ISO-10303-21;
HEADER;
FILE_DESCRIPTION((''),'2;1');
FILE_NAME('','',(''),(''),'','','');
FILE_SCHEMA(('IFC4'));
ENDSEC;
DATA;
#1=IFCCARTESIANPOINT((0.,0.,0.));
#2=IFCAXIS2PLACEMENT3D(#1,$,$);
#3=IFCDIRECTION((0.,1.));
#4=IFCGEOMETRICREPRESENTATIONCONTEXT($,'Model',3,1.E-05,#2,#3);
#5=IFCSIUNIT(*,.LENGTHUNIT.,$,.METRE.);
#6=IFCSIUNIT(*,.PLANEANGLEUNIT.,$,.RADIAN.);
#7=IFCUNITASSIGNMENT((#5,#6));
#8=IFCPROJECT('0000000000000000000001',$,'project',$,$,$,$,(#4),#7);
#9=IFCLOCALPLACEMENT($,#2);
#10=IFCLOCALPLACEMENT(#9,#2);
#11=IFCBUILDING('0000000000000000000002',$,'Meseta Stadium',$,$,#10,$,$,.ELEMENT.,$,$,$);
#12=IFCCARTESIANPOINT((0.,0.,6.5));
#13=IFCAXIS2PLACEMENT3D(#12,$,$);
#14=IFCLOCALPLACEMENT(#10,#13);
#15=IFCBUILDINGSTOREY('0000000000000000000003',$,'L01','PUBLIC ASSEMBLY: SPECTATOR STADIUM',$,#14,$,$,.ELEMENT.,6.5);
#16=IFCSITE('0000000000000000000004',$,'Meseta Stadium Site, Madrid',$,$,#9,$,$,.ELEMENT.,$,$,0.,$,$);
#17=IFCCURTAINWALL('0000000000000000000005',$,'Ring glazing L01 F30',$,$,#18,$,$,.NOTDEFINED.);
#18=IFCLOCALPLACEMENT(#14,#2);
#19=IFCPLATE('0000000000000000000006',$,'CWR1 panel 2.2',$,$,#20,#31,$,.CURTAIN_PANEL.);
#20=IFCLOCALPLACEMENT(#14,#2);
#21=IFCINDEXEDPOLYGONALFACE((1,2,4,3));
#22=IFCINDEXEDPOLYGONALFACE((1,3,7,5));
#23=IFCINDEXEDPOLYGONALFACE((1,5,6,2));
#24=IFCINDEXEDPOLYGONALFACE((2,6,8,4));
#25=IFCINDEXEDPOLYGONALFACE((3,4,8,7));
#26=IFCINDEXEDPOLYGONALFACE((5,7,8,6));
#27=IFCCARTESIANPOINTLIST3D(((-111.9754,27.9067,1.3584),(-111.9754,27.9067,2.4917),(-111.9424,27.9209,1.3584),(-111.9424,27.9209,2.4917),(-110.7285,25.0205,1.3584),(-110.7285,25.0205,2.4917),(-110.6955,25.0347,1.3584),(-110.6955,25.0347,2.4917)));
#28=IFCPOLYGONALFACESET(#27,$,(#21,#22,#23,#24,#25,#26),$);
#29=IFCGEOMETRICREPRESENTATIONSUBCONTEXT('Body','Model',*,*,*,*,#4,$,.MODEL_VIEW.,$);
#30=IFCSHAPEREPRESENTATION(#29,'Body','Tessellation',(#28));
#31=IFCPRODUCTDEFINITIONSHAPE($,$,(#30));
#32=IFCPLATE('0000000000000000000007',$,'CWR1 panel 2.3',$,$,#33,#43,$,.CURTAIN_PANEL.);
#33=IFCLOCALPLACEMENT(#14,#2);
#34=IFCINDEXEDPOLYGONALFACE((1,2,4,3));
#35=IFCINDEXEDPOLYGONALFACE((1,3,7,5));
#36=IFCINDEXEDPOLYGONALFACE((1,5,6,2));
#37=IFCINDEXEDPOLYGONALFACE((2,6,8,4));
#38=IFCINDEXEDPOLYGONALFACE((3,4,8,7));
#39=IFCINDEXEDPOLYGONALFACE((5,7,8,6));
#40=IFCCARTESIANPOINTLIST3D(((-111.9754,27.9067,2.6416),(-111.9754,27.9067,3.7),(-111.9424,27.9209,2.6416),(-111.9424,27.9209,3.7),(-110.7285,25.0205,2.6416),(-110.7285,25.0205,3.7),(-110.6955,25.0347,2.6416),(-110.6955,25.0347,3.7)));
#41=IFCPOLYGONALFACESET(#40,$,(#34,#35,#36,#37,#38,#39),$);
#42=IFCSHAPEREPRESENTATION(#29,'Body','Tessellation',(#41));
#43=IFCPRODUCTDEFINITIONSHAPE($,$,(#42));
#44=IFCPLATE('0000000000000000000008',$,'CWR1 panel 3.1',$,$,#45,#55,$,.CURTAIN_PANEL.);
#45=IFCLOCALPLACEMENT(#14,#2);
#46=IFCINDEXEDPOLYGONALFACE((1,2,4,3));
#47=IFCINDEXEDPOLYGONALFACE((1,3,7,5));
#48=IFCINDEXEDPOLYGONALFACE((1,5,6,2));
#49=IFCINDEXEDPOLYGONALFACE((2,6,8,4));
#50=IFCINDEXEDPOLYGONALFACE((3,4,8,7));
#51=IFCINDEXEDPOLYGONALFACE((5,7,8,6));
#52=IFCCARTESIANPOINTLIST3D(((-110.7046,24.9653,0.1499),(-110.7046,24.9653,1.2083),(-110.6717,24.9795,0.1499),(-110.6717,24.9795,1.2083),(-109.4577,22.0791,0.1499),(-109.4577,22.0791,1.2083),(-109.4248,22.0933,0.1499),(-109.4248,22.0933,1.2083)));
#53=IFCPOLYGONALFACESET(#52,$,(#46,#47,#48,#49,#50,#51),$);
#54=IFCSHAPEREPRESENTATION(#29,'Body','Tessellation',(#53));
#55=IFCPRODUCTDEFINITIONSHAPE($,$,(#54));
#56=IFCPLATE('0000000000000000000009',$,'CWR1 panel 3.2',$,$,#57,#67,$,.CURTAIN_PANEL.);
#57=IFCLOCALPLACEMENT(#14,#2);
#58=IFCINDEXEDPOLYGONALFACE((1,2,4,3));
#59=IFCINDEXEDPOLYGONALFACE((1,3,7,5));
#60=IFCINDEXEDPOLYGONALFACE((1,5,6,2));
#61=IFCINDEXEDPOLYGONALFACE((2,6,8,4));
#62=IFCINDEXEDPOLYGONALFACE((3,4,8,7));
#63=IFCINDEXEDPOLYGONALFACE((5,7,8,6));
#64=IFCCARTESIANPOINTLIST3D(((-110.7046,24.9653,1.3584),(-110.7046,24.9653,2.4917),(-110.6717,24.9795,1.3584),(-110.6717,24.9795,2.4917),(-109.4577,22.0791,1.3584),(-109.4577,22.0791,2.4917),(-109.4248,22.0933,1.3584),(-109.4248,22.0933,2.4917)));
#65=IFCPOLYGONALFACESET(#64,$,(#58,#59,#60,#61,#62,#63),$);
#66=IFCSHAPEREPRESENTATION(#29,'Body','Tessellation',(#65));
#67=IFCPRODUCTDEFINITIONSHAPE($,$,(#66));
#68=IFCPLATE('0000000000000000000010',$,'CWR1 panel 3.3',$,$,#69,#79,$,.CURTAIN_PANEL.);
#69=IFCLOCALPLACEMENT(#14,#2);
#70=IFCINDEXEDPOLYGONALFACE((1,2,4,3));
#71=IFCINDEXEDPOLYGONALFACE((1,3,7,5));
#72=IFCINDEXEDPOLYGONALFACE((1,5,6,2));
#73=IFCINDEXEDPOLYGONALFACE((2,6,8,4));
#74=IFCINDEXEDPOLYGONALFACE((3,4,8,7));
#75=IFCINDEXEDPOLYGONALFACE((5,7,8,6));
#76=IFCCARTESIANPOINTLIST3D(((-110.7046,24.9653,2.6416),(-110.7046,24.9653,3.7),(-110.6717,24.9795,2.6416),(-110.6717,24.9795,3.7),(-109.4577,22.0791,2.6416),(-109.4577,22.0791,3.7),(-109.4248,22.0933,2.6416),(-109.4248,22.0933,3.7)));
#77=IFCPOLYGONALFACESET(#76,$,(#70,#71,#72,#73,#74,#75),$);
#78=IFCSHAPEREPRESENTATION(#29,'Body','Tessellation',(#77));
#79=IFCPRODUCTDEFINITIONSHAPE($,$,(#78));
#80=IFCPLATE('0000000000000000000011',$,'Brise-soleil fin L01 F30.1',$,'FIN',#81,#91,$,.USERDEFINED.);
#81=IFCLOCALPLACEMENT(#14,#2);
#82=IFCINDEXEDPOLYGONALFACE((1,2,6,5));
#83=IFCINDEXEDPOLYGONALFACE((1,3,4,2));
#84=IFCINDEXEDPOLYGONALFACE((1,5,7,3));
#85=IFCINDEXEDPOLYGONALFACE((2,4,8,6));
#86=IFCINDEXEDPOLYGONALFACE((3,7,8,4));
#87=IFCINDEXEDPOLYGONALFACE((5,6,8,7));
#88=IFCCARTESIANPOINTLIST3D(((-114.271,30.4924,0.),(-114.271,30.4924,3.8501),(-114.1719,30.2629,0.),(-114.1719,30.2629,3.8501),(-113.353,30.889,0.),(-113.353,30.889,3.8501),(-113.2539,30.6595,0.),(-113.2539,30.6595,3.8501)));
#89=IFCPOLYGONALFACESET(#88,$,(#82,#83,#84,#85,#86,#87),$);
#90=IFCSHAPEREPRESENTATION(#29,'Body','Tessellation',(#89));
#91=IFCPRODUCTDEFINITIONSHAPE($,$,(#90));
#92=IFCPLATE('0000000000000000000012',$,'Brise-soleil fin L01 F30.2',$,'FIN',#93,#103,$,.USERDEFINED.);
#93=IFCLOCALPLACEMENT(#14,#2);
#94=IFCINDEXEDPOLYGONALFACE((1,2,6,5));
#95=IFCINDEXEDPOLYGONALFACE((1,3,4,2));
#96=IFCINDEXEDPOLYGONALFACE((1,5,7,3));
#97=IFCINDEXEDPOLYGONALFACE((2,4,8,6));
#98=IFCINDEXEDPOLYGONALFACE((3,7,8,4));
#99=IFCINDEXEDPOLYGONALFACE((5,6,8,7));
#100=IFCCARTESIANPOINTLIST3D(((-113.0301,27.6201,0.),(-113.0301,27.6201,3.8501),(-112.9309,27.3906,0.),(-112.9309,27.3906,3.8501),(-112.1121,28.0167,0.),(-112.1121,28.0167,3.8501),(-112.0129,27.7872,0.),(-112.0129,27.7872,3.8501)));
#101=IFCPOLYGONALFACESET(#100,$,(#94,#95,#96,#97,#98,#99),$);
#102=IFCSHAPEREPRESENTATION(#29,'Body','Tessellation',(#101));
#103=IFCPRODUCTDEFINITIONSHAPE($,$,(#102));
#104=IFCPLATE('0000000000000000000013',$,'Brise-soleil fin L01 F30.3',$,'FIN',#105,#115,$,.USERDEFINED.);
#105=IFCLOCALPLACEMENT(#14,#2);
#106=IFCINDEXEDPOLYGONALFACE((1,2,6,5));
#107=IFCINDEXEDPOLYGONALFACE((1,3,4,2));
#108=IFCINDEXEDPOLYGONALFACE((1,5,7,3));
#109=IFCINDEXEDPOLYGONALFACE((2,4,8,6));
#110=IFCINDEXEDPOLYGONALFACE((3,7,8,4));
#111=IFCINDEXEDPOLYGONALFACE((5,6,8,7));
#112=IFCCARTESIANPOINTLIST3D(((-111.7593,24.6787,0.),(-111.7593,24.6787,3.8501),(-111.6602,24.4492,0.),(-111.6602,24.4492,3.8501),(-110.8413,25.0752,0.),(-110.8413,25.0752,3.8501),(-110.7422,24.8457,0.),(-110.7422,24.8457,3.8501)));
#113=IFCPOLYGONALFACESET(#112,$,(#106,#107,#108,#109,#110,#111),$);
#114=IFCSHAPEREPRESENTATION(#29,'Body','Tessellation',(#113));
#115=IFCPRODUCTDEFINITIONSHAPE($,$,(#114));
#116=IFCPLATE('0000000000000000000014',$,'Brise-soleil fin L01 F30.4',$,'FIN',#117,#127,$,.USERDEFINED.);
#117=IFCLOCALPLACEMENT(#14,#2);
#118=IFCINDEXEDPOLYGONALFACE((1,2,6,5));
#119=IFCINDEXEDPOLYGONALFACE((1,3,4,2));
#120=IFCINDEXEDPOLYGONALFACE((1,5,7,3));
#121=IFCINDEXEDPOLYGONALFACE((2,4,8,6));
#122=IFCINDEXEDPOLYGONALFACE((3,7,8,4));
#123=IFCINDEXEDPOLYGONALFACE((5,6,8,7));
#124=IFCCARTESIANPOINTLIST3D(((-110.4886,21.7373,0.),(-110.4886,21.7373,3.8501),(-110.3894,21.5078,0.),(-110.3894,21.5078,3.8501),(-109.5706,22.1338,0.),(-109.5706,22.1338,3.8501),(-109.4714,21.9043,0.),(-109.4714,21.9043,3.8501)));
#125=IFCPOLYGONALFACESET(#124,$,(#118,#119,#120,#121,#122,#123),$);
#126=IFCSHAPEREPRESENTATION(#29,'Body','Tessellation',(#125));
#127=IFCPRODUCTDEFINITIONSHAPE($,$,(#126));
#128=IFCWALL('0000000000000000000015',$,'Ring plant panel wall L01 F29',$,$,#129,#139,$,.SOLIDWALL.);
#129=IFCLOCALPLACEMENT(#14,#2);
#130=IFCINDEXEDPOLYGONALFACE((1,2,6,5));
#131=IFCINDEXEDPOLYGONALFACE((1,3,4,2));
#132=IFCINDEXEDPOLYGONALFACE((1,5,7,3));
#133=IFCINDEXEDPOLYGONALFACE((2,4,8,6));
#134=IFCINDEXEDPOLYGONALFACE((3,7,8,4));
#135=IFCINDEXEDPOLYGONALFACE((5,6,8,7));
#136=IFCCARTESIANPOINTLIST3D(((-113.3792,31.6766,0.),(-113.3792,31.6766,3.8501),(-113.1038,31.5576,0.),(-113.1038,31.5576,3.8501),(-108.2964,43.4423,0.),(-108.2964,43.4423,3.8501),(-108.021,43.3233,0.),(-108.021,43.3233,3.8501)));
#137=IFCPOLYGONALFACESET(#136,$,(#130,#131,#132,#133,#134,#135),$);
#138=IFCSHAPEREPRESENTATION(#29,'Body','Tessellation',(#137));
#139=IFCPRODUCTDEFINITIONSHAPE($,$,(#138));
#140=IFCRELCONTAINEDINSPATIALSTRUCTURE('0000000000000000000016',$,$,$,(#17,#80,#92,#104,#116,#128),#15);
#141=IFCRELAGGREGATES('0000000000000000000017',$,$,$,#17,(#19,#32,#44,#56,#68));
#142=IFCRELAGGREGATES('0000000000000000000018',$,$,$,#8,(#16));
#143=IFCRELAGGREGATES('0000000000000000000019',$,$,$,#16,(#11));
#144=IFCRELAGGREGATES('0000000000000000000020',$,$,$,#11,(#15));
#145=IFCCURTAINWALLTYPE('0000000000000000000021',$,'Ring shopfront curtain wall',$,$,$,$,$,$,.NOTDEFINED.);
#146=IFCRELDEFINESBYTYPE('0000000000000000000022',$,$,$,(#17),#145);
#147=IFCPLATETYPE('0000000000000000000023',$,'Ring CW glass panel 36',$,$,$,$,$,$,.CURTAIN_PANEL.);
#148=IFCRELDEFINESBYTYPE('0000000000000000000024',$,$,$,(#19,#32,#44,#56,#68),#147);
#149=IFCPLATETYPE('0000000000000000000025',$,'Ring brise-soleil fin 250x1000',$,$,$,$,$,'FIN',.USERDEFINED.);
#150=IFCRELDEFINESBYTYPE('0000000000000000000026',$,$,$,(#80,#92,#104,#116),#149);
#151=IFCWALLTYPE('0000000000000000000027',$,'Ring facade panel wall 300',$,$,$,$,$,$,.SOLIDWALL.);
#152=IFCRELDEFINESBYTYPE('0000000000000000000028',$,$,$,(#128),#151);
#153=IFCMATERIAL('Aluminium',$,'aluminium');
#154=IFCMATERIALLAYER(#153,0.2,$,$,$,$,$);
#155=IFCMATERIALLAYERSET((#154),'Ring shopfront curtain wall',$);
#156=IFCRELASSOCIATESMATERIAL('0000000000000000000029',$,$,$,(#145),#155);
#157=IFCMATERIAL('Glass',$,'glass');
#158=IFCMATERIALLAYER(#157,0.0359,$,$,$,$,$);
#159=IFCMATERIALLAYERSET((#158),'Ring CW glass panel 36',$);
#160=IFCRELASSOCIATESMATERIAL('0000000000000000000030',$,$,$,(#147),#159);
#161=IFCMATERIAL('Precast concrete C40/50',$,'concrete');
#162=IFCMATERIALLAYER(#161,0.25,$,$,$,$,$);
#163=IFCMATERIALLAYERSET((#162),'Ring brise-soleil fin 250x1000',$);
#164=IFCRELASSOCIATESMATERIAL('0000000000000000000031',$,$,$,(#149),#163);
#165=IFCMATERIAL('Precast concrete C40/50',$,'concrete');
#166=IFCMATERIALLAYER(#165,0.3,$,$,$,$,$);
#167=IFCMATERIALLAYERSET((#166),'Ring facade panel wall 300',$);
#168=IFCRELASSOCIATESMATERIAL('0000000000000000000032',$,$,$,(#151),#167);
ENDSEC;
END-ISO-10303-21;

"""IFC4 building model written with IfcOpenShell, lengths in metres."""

from ifc_helpers import new_model, si_unit, direction, frame, frame_2d, origin, origin_2d, place, context, subcontext, project, spatial, rectangle, extrude, material, layer, layer_set, type_object, element, aggregate, save


model = new_model("IFC4")

# Units and contexts
model_context = context("Model", 3, precision=1e-05, world=origin(), true_north=direction((0.0, 1.0)))
body_context = subcontext(model_context, "Body", "Model", "MODEL_VIEW")
ifc_project = project(units=[si_unit("LENGTHUNIT", "METRE"), si_unit("PLANEANGLEUNIT", "RADIAN")], contexts=[model_context])

# Site, building, storey
site_placement = place(None, origin())
site = spatial("IfcSite", under=ifc_project, at=site_placement, Name="Meseta Stadium Site, Madrid", CompositionType="ELEMENT", RefElevation=0.0)
building_placement = place(site_placement, origin())
building = spatial("IfcBuilding", under=site, at=building_placement, Name="Meseta Stadium", CompositionType="ELEMENT")
storey_placement = place(building_placement, frame((0.0, 0.0, 6.5)))
storey = spatial("IfcBuildingStorey", under=building, at=storey_placement, Name="L01", Description="PUBLIC ASSEMBLY: SPECTATOR STADIUM", CompositionType="ELEMENT", Elevation=6.5)

# Curtain wall, plates
ifc_material_1 = material(Name="Aluminium", Category="aluminium")
ifc_layer_1 = layer(ifc_material_1, 0.2)
ifc_layer_set_1 = layer_set([ifc_layer_1], Name="Ring shopfront curtain wall")
curtain_wall_type = type_object("IfcCurtainWallType", Name="Ring shopfront curtain wall", PredefinedType="NOTDEFINED", material=ifc_layer_set_1)
curtain_wall_placement = place(storey_placement, origin())
curtain_wall = element("IfcCurtainWall", 1, at=curtain_wall_placement, inside=storey, type_object=curtain_wall_type, Name="Ring glazing L01 F30", PredefinedType="NOTDEFINED")
ifc_material_2 = material(Name="Glass", Category="glass")
ifc_layer_2 = layer(ifc_material_2, 0.0359)
ifc_layer_set_2 = layer_set([ifc_layer_2], Name="Ring CW glass panel 36")
plate_type_1 = type_object("IfcPlateType", Name="Ring CW glass panel 36", PredefinedType="CURTAIN_PANEL", material=ifc_layer_set_2)
plate_1_placement = place(storey_placement, frame((-111.3354, 26.4707, 1.3584), z_axis=(0.0, 0.0, 1.0), x_axis=(0.396581, -0.918, 0.0)))
plate_1 = element("IfcPlate", 2, at=plate_1_placement, type_object=plate_type_1, Name="CWR1 panel 2.2", PredefinedType="CURTAIN_PANEL", context=body_context, shape_type="SweptSolid", body=[
    extrude(rectangle(XDim=3.144, YDim=0.0359, at=origin_2d()), origin(), (0.0, 0.0, 1.0), 1.1333),
])
plate_2_placement = place(storey_placement, frame((-111.3354, 26.4707, 2.6416), z_axis=(0.0, 0.0, 1.0), x_axis=(0.396581, -0.918, 0.0)))
plate_2 = element("IfcPlate", 3, at=plate_2_placement, type_object=plate_type_1, Name="CWR1 panel 2.3", PredefinedType="CURTAIN_PANEL", context=body_context, shape_type="SweptSolid", body=[
    extrude(rectangle(XDim=3.144, YDim=0.0359, at=origin_2d()), origin(), (0.0, 0.0, 1.0), 1.0583),
])
plate_3_placement = place(storey_placement, frame((-110.0647, 23.5293, 0.1499), z_axis=(0.0, 0.0, 1.0), x_axis=(0.396581, -0.918, 0.0)))
plate_3 = element("IfcPlate", 4, at=plate_3_placement, type_object=plate_type_1, Name="CWR1 panel 3.1", PredefinedType="CURTAIN_PANEL", context=body_context, shape_type="SweptSolid", body=[
    extrude(rectangle(XDim=3.144, YDim=0.0359, at=origin_2d()), origin(), (0.0, 0.0, 1.0), 1.0583),
])
plate_4_placement = place(storey_placement, frame((-110.0647, 23.5293, 1.3584), z_axis=(0.0, 0.0, 1.0), x_axis=(0.396581, -0.918, 0.0)))
plate_4 = element("IfcPlate", 5, at=plate_4_placement, type_object=plate_type_1, Name="CWR1 panel 3.2", PredefinedType="CURTAIN_PANEL", context=body_context, shape_type="SweptSolid", body=[
    extrude(rectangle(XDim=3.144, YDim=0.0359, at=origin_2d()), origin(), (0.0, 0.0, 1.0), 1.1333),
])
plate_5_placement = place(storey_placement, frame((-110.0647, 23.5293, 2.6416), z_axis=(0.0, 0.0, 1.0), x_axis=(0.396581, -0.918, 0.0)))
plate_5 = element("IfcPlate", 6, at=plate_5_placement, type_object=plate_type_1, Name="CWR1 panel 3.3", PredefinedType="CURTAIN_PANEL", context=body_context, shape_type="SweptSolid", body=[
    extrude(rectangle(XDim=3.144, YDim=0.0359, at=origin_2d()), origin(), (0.0, 0.0, 1.0), 1.0583),
])
aggregate(curtain_wall, [plate_1, plate_2, plate_3, plate_4, plate_5])

# Plates
ifc_material_3 = material(Name="Precast concrete C40/50", Category="concrete")
ifc_layer_3 = layer(ifc_material_3, 0.25)
ifc_layer_set_3 = layer_set([ifc_layer_3], Name="Ring brise-soleil fin 250x1000")
plate_type_2 = type_object("IfcPlateType", Name="Ring brise-soleil fin 250x1000", ElementType="FIN", PredefinedType="USERDEFINED", material=ifc_layer_set_3)
for number, where, z_axis, x_axis, name in (
    (7, (-113.7625, 30.5759, 0.0), (0.0, 0.0, 1.0), (0.396576, -0.918002, 0.0), "Brise-soleil fin L01 F30.1"),
    (8, (-112.5215, 27.7036, 0.0), (0.0, 0.0, 1.0), (0.396576, -0.918002, 0.0), "Brise-soleil fin L01 F30.2"),
    (9, (-111.2507, 24.7622, 0.0), (0.0, 0.0, 1.0), (0.396576, -0.918002, 0.0), "Brise-soleil fin L01 F30.3"),
    (10, (-109.98, 21.8208, 0.0), (0.0, 0.0, 1.0), (0.396576, -0.918002, 0.0), "Brise-soleil fin L01 F30.4"),
):
    element("IfcPlate", number, at=place(storey_placement, frame(where, z_axis=z_axis, x_axis=x_axis)), inside=storey, type_object=plate_type_2, Name=name, ObjectType="FIN", PredefinedType="USERDEFINED", context=body_context, shape_type="SweptSolid", body=[
        extrude(rectangle(XDim=0.25, YDim=1.0, at=origin_2d()), origin(), (0.0, 0.0, 1.0), 3.8501),
    ])

# Wall
ifc_material_4 = material(Name="Precast concrete C40/50", Category="concrete")
ifc_layer_4 = layer(ifc_material_4, 0.3)
ifc_layer_set_4 = layer_set([ifc_layer_4], Name="Ring facade panel wall 300")
wall_type = type_object("IfcWallType", Name="Ring facade panel wall 300", PredefinedType="SOLIDWALL", material=ifc_layer_set_4)
wall_placement = place(storey_placement, frame((-113.2415, 31.6172, 0.0), z_axis=(0.0, 0.0, 1.0), x_axis=(0.396578, 0.918001, 0.0)))
element("IfcWall", 11, at=wall_placement, inside=storey, type_object=wall_type, Name="Ring plant panel wall L01 F29", PredefinedType="SOLIDWALL", context=body_context, shape_type="SweptSolid", body=[
    extrude(rectangle(XDim=12.8167, YDim=0.3, at=frame_2d((6.4082, 0.0))), origin(), (0.0, 0.0, 1.0), 3.8501),
])

save(model, "model.ifc")
